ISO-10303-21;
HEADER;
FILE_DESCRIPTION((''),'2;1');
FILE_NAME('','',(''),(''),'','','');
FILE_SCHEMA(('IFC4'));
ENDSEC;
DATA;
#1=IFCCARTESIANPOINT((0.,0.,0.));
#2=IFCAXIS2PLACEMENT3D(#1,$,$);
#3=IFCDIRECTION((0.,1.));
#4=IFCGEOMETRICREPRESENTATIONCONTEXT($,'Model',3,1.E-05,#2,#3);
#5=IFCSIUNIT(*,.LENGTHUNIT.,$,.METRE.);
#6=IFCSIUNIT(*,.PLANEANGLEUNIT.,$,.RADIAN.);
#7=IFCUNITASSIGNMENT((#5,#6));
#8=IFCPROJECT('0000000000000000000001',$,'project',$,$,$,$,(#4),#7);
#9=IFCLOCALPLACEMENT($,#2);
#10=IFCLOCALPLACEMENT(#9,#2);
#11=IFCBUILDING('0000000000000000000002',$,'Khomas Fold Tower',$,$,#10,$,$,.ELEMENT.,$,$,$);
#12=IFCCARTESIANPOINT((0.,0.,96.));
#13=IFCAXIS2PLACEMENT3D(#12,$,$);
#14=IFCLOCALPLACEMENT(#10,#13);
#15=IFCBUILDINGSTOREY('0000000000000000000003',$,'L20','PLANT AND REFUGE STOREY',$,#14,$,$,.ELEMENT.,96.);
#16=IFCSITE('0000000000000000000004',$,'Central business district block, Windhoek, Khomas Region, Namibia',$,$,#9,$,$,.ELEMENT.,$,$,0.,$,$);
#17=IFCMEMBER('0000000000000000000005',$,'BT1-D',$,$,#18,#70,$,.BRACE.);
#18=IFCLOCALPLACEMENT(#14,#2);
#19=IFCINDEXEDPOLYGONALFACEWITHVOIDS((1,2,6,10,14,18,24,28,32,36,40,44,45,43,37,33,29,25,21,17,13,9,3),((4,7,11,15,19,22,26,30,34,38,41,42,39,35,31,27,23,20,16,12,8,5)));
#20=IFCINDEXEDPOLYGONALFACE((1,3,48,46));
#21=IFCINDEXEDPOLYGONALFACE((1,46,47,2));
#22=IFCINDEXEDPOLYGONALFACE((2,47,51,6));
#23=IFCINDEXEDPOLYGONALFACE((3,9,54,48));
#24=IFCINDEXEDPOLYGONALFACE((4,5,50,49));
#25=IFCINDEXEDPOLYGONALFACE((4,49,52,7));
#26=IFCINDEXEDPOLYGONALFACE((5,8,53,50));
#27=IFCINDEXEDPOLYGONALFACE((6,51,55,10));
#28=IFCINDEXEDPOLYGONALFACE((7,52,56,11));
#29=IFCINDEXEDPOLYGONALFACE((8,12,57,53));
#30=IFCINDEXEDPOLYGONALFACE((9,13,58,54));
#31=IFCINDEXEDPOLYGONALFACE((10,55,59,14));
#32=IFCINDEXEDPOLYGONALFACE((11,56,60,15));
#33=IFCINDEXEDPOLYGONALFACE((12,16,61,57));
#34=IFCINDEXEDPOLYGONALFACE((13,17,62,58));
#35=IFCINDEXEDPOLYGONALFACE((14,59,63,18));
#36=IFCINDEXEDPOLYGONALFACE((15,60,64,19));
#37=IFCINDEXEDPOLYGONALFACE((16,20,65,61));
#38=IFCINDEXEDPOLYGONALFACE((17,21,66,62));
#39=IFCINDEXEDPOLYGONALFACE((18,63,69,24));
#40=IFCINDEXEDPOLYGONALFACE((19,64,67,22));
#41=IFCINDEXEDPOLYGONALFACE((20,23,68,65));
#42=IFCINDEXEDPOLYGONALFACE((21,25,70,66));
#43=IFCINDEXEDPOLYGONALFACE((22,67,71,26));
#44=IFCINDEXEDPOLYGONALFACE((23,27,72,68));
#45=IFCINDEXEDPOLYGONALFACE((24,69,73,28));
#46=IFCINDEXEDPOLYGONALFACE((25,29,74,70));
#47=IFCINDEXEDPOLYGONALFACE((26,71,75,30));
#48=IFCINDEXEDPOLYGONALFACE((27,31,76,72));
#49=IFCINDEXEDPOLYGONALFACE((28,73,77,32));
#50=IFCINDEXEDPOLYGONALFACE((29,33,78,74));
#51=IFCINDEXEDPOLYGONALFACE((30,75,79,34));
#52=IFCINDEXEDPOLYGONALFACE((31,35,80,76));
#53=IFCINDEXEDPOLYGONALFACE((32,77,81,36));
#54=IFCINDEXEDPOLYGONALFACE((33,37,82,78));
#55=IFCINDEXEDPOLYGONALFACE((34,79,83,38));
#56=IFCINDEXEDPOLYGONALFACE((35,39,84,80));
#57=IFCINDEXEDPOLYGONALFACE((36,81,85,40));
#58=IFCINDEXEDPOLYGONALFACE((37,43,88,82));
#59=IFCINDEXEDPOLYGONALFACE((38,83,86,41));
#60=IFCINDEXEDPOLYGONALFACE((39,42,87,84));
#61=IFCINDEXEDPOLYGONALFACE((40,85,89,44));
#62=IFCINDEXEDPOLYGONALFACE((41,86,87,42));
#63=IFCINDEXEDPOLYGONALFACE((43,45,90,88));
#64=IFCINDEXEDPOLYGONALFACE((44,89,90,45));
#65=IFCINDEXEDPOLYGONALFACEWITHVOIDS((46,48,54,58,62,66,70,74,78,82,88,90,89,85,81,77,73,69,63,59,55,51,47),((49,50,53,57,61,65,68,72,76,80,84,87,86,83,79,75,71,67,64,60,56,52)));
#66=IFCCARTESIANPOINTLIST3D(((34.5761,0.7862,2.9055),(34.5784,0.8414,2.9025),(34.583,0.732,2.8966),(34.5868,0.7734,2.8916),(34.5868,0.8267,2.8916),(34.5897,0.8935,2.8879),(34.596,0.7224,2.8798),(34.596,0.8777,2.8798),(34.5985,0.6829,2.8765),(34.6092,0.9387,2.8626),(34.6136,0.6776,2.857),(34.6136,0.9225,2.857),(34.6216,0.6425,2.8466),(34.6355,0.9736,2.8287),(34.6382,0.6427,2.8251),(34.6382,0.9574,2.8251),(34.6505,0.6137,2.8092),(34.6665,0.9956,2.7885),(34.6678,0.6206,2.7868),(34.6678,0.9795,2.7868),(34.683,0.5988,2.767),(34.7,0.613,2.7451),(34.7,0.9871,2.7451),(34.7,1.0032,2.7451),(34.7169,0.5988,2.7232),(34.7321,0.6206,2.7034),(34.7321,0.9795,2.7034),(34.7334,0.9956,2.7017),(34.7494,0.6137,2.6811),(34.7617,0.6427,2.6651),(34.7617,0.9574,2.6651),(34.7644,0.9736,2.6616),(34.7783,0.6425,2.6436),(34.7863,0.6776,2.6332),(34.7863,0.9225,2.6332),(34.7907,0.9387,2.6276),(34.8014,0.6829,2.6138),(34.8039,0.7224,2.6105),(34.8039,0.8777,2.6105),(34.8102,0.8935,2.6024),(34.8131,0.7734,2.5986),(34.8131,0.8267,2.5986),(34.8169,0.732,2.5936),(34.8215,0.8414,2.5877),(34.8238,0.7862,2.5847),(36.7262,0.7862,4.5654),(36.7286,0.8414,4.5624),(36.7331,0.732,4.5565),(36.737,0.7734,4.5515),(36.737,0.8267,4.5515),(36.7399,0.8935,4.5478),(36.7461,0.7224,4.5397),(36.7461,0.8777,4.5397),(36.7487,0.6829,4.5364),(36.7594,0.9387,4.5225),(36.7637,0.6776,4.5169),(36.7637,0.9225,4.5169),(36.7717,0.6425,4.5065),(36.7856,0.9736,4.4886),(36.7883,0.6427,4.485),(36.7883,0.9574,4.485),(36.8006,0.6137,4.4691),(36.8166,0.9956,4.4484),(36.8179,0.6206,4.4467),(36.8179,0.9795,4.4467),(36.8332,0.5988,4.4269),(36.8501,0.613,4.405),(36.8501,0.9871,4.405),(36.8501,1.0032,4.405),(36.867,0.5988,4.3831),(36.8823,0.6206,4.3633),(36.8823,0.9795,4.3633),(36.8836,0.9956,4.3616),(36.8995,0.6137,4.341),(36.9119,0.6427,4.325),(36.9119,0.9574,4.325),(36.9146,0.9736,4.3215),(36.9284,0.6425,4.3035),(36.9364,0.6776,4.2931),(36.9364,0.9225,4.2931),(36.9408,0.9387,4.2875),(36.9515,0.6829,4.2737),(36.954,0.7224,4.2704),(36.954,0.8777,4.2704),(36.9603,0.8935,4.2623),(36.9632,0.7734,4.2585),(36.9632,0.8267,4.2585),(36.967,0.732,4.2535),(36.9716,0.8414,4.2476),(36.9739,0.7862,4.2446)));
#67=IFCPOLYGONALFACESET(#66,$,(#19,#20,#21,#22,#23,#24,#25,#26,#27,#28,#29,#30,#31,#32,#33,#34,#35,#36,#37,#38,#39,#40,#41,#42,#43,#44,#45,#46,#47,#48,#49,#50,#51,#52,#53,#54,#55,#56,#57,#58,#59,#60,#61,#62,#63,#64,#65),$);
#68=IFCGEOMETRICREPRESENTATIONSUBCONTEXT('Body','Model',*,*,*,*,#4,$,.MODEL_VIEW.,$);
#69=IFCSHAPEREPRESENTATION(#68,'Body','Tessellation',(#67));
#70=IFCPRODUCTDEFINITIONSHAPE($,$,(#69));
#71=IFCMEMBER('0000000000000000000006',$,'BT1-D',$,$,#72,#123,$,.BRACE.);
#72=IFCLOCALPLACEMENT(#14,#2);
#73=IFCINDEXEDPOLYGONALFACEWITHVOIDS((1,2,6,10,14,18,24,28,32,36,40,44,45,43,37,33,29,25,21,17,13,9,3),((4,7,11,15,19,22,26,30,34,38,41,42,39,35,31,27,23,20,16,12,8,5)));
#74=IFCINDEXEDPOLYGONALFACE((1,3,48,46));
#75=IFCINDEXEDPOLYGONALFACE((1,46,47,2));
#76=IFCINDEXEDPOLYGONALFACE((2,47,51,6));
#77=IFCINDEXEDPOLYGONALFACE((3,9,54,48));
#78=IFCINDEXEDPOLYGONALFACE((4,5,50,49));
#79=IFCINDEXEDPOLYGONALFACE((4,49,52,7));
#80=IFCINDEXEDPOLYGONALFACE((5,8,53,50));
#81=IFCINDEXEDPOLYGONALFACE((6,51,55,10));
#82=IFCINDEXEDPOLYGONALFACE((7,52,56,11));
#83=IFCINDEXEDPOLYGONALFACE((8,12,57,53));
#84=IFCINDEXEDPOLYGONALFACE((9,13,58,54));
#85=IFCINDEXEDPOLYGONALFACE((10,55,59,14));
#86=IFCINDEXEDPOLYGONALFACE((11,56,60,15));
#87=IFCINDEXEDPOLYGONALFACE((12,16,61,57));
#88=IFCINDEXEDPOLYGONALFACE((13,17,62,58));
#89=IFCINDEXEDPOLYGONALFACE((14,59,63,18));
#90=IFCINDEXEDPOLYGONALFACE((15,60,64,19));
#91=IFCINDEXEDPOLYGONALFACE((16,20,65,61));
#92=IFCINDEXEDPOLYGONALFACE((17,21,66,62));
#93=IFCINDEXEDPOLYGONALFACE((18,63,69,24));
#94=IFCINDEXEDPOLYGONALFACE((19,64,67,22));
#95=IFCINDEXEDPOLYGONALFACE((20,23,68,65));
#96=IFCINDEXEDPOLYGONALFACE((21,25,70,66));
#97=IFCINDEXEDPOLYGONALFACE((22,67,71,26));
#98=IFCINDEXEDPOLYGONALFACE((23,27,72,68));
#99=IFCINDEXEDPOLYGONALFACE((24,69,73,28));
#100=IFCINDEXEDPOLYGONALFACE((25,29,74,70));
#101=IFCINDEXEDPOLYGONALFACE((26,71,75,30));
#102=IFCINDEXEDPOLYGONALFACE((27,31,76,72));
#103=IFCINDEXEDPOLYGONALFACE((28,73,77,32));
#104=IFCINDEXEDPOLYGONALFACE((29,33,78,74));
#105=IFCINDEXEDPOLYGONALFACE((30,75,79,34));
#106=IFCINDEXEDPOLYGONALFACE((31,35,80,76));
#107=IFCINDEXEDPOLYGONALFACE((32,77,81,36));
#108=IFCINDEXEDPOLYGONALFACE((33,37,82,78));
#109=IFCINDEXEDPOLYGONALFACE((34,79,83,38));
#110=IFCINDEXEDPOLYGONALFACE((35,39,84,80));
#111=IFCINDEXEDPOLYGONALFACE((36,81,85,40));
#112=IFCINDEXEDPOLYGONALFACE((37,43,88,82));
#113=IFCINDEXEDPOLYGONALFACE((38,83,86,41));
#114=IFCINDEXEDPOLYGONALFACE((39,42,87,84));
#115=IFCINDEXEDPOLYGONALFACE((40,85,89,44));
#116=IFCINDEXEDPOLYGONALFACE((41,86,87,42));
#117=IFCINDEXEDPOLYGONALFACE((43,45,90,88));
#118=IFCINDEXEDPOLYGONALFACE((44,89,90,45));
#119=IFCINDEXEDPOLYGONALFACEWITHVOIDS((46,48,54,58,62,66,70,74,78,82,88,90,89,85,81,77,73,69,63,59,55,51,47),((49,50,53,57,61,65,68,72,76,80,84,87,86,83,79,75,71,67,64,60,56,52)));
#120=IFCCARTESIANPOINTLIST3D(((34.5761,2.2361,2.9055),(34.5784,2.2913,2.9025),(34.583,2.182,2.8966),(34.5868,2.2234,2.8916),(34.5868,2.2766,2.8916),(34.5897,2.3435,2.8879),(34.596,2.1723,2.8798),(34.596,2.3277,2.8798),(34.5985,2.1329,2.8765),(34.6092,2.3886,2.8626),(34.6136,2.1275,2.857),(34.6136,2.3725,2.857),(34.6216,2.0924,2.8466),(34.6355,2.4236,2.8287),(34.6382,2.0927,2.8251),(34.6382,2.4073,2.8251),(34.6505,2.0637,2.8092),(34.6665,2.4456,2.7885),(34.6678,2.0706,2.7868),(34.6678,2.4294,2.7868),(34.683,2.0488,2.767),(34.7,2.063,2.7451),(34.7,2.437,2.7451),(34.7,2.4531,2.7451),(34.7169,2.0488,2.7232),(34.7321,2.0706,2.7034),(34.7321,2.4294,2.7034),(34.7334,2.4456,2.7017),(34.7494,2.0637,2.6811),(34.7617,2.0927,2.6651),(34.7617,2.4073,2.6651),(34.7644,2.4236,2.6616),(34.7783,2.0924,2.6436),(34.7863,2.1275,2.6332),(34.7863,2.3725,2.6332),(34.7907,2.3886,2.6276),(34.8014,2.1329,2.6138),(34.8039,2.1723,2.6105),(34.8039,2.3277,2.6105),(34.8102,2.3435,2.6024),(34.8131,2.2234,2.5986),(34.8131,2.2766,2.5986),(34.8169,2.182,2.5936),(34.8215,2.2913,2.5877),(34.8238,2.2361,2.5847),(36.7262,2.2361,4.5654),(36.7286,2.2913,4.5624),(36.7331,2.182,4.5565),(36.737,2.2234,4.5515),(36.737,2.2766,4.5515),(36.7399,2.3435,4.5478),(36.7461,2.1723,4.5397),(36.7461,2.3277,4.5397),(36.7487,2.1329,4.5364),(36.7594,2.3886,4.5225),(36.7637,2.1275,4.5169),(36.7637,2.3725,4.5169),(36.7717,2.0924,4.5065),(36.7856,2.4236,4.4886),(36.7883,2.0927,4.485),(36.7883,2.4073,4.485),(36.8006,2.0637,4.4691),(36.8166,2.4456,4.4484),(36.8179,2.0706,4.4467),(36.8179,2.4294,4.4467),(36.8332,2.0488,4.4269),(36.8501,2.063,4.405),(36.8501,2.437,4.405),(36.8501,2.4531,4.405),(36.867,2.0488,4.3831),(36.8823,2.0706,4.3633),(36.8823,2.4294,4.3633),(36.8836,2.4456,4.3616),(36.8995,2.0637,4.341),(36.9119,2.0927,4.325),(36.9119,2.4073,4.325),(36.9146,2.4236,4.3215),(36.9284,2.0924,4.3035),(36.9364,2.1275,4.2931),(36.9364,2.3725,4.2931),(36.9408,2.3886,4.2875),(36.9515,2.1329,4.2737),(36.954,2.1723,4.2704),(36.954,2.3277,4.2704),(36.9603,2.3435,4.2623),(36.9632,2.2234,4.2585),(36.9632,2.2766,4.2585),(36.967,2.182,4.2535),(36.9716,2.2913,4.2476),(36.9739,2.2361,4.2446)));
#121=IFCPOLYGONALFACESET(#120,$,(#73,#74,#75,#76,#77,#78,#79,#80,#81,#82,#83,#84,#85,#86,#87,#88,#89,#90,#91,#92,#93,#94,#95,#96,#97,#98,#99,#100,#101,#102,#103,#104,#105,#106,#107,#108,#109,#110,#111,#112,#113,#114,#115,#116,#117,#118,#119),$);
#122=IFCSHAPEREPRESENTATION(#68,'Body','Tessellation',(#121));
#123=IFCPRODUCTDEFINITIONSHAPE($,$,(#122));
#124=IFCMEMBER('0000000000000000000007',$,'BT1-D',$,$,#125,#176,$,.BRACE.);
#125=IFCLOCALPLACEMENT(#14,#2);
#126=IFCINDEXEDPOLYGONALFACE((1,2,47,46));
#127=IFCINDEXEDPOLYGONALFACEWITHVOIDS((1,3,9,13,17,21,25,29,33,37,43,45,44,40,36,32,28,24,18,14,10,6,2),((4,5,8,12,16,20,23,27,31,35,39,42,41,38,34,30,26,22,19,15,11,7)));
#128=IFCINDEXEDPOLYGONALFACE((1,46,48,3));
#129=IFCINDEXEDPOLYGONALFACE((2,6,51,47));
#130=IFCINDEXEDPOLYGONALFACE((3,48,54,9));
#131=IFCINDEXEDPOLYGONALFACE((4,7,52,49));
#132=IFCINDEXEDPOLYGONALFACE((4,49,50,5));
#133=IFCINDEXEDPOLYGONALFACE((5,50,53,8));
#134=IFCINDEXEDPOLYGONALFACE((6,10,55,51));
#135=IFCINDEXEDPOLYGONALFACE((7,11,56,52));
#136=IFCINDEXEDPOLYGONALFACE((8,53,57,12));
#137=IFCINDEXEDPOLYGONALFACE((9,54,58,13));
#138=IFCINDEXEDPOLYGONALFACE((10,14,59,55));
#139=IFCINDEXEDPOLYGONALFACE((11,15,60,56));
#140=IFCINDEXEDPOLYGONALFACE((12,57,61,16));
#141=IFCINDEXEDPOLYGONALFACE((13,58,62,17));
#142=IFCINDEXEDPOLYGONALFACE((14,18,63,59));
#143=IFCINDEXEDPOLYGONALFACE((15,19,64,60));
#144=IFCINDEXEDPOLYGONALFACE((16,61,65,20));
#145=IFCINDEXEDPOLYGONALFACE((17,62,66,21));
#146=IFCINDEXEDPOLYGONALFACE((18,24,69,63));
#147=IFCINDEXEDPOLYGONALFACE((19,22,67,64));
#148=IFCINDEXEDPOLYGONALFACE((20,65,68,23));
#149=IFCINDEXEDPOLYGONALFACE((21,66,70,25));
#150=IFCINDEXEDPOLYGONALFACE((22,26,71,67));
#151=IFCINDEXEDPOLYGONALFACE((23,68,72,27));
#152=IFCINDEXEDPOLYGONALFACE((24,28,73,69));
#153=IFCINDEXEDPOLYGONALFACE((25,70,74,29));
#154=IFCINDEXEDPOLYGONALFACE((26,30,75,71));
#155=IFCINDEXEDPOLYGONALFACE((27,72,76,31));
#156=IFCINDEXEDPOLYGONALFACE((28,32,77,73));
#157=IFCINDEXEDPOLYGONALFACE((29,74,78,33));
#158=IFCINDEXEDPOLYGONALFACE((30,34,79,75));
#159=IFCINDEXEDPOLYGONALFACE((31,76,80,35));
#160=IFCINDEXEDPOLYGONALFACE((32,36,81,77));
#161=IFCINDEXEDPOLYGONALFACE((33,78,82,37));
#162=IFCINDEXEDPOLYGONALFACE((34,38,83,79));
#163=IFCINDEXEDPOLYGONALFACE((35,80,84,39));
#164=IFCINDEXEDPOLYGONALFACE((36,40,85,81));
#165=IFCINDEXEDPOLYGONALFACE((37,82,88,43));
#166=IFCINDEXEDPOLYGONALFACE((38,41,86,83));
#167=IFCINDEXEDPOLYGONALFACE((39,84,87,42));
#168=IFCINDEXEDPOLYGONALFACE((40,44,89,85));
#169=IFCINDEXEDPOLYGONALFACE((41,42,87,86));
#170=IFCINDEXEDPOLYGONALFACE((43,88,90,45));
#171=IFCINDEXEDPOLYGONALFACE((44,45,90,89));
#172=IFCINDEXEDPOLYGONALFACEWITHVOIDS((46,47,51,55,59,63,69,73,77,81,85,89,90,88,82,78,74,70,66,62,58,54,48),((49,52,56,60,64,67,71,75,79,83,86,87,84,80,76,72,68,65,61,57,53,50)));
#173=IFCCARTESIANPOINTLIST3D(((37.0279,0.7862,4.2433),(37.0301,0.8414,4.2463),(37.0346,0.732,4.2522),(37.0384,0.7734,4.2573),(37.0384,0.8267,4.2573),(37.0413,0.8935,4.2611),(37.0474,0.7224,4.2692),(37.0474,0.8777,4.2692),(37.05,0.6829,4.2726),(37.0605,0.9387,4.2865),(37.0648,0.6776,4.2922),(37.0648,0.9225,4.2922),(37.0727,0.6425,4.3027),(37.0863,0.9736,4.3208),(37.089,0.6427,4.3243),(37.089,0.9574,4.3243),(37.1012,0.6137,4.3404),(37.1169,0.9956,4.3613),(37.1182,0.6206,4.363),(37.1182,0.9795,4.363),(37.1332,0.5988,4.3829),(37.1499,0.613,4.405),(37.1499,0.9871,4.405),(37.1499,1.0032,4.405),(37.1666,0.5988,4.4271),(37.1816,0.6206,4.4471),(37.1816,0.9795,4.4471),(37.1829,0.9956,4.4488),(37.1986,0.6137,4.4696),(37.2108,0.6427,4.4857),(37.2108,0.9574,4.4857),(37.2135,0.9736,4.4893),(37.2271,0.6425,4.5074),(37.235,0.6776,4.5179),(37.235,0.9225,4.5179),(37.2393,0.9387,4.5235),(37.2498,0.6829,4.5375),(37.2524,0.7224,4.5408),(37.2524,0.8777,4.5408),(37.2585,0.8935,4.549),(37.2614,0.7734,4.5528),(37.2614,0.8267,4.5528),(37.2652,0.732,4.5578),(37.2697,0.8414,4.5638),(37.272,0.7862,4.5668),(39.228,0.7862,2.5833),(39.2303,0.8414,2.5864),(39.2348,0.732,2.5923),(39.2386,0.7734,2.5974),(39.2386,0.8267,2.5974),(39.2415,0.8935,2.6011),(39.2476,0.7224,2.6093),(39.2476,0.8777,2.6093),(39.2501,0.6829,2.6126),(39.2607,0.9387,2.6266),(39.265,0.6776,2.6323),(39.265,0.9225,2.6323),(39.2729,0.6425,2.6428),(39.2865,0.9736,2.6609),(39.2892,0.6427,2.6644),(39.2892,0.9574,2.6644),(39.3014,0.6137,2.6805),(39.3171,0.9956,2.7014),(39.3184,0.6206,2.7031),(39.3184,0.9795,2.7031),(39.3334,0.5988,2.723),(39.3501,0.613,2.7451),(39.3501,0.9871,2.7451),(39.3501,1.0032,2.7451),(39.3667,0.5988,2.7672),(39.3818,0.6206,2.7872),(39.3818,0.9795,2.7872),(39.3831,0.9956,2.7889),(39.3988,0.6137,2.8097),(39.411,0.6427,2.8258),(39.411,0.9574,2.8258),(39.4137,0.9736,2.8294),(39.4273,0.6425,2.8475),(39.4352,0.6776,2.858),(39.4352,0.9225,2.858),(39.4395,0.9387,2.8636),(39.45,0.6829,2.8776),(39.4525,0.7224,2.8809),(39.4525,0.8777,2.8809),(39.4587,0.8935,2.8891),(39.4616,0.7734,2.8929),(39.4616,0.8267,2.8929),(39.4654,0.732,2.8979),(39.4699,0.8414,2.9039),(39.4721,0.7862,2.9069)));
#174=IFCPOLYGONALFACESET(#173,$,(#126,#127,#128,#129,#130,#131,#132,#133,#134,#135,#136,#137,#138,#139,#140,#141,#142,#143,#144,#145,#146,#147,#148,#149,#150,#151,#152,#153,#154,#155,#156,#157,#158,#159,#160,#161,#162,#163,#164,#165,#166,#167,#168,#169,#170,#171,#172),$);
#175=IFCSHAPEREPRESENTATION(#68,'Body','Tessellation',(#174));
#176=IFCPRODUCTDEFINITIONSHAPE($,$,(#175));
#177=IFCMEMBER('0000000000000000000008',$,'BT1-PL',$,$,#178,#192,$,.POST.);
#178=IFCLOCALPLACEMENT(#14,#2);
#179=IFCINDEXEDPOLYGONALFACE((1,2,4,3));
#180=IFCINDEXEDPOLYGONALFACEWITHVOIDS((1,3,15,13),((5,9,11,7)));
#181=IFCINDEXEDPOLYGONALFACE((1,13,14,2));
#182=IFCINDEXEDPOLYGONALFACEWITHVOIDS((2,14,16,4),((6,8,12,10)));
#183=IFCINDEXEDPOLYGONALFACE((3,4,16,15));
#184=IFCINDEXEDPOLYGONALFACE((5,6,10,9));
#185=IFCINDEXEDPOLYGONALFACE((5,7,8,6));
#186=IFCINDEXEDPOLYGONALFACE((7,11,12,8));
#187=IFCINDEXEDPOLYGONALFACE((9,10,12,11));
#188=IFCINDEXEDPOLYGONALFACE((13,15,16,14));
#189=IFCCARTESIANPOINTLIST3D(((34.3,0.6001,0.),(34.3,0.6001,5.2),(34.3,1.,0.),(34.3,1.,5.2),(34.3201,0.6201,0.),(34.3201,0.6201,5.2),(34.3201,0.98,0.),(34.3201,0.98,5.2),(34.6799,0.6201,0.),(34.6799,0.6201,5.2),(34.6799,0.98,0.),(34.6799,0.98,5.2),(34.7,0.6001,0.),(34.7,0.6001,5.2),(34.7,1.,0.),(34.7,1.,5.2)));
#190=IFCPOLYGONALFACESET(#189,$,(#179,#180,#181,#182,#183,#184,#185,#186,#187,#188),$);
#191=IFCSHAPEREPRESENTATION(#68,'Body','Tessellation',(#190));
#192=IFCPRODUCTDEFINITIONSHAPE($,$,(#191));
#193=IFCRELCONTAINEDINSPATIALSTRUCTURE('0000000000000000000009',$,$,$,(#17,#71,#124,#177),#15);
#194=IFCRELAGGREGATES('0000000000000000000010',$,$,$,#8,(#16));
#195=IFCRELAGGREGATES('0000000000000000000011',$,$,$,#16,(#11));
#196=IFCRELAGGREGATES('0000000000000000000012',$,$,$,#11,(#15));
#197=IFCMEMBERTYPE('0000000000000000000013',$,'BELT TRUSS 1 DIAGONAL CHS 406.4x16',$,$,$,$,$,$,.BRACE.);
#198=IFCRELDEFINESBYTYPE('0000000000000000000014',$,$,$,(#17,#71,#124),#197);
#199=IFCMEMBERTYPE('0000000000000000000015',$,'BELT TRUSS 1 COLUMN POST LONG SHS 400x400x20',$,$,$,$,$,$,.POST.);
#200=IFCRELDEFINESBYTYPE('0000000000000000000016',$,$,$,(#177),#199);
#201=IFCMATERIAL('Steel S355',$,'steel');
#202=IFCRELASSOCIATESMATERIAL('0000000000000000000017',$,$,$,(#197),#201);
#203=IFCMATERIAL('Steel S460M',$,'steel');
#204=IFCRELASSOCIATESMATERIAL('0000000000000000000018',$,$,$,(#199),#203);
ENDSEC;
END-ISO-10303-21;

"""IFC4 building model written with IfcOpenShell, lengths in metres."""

from ifc_helpers import new_model, si_unit, direction, frame, origin, origin_2d, place, context, subcontext, project, spatial, hollow_rectangle, hollow_circle, extrude, source, transform, mapped, material, material_profile, profile_set, type_object, element, save


model = new_model("IFC4")

# Units and contexts
model_context = context("Model", 3, precision=1e-05, world=origin(), true_north=direction((0.0, 1.0)))
body_context = subcontext(model_context, "Body", "Model", "MODEL_VIEW")
ifc_project = project(units=[si_unit("LENGTHUNIT", "METRE"), si_unit("PLANEANGLEUNIT", "RADIAN")], contexts=[model_context])

# Site, building, storey
site_placement = place(None, origin())
site = spatial("IfcSite", under=ifc_project, at=site_placement, Name="Central business district block, Windhoek, Khomas Region, Namibia", CompositionType="ELEMENT", RefElevation=0.0)
building_placement = place(site_placement, origin())
building = spatial("IfcBuilding", under=site, at=building_placement, Name="Khomas Fold Tower", CompositionType="ELEMENT")
storey_placement = place(building_placement, frame((0.0, 0.0, 96.0)))
storey = spatial("IfcBuildingStorey", under=building, at=storey_placement, Name="L20", Description="PLANT AND REFUGE STOREY", CompositionType="ELEMENT", Elevation=96.0)

# Members
ifc_material_1 = material(Name="Steel S355", Category="steel")
ifc_material_profile_1 = material_profile(ifc_material_1, hollow_circle(Radius=0.2031, WallThickness=0.0161, at=origin_2d()), Name="CHS 406.4x16")
ifc_profile_set_1 = profile_set([ifc_material_profile_1], Name="Steel S355")
member_type_1 = type_object("IfcMemberType", Name="BELT TRUSS 1 DIAGONAL CHS 406.4x16", PredefinedType="BRACE", material=ifc_profile_set_1)
shared_shape_1 = source(origin(), body_context, "Body", "SweptSolid", [
    extrude(hollow_circle(Radius=0.2031, WallThickness=0.0161, at=origin_2d()), origin(), (0.0, 0.0, 1.0), 2.7163),
])
for number, where, z_axis, x_axis, name in (
    (1, (34.7, 0.8, 2.7451), (0.791564, 0.0, 0.611087), (0.0, 1.0, 0.0), "BT1-D"),
    (2, (34.7, 2.25, 2.7451), (0.791564, 0.0, 0.611087), (0.0, 1.0, 0.0), "BT1-D"),
):
    element("IfcMember", number, at=place(storey_placement, frame(where, z_axis=z_axis, x_axis=x_axis)), inside=storey, type_object=member_type_1, Name=name, PredefinedType="BRACE", context=body_context, shape_type="MappedRepresentation", body=[
        mapped(shared_shape_1, transform((0.0, 0.0, 0.0))),
    ])
shared_shape_2 = source(origin(), body_context, "Body", "SweptSolid", [
    extrude(hollow_circle(Radius=0.2031, WallThickness=0.0161, at=origin_2d()), origin(), (0.0, 0.0, 1.0), 2.7561),
])
member_1_placement = place(storey_placement, frame((37.1499, 0.8, 4.405), z_axis=(0.798296, 0.0, -0.602265), x_axis=(0.0, 1.0, 0.0)))
element("IfcMember", 3, at=member_1_placement, inside=storey, type_object=member_type_1, Name="BT1-D", PredefinedType="BRACE", context=body_context, shape_type="MappedRepresentation", body=[
    mapped(shared_shape_2, transform((0.0, 0.0, 0.0))),
])
ifc_material_2 = material(Name="Steel S460M", Category="steel")
ifc_material_profile_2 = material_profile(ifc_material_2, hollow_rectangle(XDim=0.3999, YDim=0.3999, WallThickness=0.02, at=origin_2d()), Name="SHS 400x400x20")
ifc_profile_set_2 = profile_set([ifc_material_profile_2], Name="Steel S460M")
member_type_2 = type_object("IfcMemberType", Name="BELT TRUSS 1 COLUMN POST LONG SHS 400x400x20", PredefinedType="POST", material=ifc_profile_set_2)
shared_shape_3 = source(origin(), body_context, "Body", "SweptSolid", [
    extrude(hollow_rectangle(XDim=0.3999, YDim=0.3999, WallThickness=0.02, at=origin_2d()), origin(), (0.0, 0.0, 1.0), 5.2),
])
member_2_placement = place(storey_placement, frame((34.5, 0.8, 0.0), z_axis=(0.0, 0.0, 1.0), x_axis=(1.0, 0.0, 0.0)))
element("IfcMember", 4, at=member_2_placement, inside=storey, type_object=member_type_2, Name="BT1-PL", PredefinedType="POST", context=body_context, shape_type="MappedRepresentation", body=[
    mapped(shared_shape_3, transform((0.0, 0.0, 0.0))),
])

save(model, "model.ifc")
